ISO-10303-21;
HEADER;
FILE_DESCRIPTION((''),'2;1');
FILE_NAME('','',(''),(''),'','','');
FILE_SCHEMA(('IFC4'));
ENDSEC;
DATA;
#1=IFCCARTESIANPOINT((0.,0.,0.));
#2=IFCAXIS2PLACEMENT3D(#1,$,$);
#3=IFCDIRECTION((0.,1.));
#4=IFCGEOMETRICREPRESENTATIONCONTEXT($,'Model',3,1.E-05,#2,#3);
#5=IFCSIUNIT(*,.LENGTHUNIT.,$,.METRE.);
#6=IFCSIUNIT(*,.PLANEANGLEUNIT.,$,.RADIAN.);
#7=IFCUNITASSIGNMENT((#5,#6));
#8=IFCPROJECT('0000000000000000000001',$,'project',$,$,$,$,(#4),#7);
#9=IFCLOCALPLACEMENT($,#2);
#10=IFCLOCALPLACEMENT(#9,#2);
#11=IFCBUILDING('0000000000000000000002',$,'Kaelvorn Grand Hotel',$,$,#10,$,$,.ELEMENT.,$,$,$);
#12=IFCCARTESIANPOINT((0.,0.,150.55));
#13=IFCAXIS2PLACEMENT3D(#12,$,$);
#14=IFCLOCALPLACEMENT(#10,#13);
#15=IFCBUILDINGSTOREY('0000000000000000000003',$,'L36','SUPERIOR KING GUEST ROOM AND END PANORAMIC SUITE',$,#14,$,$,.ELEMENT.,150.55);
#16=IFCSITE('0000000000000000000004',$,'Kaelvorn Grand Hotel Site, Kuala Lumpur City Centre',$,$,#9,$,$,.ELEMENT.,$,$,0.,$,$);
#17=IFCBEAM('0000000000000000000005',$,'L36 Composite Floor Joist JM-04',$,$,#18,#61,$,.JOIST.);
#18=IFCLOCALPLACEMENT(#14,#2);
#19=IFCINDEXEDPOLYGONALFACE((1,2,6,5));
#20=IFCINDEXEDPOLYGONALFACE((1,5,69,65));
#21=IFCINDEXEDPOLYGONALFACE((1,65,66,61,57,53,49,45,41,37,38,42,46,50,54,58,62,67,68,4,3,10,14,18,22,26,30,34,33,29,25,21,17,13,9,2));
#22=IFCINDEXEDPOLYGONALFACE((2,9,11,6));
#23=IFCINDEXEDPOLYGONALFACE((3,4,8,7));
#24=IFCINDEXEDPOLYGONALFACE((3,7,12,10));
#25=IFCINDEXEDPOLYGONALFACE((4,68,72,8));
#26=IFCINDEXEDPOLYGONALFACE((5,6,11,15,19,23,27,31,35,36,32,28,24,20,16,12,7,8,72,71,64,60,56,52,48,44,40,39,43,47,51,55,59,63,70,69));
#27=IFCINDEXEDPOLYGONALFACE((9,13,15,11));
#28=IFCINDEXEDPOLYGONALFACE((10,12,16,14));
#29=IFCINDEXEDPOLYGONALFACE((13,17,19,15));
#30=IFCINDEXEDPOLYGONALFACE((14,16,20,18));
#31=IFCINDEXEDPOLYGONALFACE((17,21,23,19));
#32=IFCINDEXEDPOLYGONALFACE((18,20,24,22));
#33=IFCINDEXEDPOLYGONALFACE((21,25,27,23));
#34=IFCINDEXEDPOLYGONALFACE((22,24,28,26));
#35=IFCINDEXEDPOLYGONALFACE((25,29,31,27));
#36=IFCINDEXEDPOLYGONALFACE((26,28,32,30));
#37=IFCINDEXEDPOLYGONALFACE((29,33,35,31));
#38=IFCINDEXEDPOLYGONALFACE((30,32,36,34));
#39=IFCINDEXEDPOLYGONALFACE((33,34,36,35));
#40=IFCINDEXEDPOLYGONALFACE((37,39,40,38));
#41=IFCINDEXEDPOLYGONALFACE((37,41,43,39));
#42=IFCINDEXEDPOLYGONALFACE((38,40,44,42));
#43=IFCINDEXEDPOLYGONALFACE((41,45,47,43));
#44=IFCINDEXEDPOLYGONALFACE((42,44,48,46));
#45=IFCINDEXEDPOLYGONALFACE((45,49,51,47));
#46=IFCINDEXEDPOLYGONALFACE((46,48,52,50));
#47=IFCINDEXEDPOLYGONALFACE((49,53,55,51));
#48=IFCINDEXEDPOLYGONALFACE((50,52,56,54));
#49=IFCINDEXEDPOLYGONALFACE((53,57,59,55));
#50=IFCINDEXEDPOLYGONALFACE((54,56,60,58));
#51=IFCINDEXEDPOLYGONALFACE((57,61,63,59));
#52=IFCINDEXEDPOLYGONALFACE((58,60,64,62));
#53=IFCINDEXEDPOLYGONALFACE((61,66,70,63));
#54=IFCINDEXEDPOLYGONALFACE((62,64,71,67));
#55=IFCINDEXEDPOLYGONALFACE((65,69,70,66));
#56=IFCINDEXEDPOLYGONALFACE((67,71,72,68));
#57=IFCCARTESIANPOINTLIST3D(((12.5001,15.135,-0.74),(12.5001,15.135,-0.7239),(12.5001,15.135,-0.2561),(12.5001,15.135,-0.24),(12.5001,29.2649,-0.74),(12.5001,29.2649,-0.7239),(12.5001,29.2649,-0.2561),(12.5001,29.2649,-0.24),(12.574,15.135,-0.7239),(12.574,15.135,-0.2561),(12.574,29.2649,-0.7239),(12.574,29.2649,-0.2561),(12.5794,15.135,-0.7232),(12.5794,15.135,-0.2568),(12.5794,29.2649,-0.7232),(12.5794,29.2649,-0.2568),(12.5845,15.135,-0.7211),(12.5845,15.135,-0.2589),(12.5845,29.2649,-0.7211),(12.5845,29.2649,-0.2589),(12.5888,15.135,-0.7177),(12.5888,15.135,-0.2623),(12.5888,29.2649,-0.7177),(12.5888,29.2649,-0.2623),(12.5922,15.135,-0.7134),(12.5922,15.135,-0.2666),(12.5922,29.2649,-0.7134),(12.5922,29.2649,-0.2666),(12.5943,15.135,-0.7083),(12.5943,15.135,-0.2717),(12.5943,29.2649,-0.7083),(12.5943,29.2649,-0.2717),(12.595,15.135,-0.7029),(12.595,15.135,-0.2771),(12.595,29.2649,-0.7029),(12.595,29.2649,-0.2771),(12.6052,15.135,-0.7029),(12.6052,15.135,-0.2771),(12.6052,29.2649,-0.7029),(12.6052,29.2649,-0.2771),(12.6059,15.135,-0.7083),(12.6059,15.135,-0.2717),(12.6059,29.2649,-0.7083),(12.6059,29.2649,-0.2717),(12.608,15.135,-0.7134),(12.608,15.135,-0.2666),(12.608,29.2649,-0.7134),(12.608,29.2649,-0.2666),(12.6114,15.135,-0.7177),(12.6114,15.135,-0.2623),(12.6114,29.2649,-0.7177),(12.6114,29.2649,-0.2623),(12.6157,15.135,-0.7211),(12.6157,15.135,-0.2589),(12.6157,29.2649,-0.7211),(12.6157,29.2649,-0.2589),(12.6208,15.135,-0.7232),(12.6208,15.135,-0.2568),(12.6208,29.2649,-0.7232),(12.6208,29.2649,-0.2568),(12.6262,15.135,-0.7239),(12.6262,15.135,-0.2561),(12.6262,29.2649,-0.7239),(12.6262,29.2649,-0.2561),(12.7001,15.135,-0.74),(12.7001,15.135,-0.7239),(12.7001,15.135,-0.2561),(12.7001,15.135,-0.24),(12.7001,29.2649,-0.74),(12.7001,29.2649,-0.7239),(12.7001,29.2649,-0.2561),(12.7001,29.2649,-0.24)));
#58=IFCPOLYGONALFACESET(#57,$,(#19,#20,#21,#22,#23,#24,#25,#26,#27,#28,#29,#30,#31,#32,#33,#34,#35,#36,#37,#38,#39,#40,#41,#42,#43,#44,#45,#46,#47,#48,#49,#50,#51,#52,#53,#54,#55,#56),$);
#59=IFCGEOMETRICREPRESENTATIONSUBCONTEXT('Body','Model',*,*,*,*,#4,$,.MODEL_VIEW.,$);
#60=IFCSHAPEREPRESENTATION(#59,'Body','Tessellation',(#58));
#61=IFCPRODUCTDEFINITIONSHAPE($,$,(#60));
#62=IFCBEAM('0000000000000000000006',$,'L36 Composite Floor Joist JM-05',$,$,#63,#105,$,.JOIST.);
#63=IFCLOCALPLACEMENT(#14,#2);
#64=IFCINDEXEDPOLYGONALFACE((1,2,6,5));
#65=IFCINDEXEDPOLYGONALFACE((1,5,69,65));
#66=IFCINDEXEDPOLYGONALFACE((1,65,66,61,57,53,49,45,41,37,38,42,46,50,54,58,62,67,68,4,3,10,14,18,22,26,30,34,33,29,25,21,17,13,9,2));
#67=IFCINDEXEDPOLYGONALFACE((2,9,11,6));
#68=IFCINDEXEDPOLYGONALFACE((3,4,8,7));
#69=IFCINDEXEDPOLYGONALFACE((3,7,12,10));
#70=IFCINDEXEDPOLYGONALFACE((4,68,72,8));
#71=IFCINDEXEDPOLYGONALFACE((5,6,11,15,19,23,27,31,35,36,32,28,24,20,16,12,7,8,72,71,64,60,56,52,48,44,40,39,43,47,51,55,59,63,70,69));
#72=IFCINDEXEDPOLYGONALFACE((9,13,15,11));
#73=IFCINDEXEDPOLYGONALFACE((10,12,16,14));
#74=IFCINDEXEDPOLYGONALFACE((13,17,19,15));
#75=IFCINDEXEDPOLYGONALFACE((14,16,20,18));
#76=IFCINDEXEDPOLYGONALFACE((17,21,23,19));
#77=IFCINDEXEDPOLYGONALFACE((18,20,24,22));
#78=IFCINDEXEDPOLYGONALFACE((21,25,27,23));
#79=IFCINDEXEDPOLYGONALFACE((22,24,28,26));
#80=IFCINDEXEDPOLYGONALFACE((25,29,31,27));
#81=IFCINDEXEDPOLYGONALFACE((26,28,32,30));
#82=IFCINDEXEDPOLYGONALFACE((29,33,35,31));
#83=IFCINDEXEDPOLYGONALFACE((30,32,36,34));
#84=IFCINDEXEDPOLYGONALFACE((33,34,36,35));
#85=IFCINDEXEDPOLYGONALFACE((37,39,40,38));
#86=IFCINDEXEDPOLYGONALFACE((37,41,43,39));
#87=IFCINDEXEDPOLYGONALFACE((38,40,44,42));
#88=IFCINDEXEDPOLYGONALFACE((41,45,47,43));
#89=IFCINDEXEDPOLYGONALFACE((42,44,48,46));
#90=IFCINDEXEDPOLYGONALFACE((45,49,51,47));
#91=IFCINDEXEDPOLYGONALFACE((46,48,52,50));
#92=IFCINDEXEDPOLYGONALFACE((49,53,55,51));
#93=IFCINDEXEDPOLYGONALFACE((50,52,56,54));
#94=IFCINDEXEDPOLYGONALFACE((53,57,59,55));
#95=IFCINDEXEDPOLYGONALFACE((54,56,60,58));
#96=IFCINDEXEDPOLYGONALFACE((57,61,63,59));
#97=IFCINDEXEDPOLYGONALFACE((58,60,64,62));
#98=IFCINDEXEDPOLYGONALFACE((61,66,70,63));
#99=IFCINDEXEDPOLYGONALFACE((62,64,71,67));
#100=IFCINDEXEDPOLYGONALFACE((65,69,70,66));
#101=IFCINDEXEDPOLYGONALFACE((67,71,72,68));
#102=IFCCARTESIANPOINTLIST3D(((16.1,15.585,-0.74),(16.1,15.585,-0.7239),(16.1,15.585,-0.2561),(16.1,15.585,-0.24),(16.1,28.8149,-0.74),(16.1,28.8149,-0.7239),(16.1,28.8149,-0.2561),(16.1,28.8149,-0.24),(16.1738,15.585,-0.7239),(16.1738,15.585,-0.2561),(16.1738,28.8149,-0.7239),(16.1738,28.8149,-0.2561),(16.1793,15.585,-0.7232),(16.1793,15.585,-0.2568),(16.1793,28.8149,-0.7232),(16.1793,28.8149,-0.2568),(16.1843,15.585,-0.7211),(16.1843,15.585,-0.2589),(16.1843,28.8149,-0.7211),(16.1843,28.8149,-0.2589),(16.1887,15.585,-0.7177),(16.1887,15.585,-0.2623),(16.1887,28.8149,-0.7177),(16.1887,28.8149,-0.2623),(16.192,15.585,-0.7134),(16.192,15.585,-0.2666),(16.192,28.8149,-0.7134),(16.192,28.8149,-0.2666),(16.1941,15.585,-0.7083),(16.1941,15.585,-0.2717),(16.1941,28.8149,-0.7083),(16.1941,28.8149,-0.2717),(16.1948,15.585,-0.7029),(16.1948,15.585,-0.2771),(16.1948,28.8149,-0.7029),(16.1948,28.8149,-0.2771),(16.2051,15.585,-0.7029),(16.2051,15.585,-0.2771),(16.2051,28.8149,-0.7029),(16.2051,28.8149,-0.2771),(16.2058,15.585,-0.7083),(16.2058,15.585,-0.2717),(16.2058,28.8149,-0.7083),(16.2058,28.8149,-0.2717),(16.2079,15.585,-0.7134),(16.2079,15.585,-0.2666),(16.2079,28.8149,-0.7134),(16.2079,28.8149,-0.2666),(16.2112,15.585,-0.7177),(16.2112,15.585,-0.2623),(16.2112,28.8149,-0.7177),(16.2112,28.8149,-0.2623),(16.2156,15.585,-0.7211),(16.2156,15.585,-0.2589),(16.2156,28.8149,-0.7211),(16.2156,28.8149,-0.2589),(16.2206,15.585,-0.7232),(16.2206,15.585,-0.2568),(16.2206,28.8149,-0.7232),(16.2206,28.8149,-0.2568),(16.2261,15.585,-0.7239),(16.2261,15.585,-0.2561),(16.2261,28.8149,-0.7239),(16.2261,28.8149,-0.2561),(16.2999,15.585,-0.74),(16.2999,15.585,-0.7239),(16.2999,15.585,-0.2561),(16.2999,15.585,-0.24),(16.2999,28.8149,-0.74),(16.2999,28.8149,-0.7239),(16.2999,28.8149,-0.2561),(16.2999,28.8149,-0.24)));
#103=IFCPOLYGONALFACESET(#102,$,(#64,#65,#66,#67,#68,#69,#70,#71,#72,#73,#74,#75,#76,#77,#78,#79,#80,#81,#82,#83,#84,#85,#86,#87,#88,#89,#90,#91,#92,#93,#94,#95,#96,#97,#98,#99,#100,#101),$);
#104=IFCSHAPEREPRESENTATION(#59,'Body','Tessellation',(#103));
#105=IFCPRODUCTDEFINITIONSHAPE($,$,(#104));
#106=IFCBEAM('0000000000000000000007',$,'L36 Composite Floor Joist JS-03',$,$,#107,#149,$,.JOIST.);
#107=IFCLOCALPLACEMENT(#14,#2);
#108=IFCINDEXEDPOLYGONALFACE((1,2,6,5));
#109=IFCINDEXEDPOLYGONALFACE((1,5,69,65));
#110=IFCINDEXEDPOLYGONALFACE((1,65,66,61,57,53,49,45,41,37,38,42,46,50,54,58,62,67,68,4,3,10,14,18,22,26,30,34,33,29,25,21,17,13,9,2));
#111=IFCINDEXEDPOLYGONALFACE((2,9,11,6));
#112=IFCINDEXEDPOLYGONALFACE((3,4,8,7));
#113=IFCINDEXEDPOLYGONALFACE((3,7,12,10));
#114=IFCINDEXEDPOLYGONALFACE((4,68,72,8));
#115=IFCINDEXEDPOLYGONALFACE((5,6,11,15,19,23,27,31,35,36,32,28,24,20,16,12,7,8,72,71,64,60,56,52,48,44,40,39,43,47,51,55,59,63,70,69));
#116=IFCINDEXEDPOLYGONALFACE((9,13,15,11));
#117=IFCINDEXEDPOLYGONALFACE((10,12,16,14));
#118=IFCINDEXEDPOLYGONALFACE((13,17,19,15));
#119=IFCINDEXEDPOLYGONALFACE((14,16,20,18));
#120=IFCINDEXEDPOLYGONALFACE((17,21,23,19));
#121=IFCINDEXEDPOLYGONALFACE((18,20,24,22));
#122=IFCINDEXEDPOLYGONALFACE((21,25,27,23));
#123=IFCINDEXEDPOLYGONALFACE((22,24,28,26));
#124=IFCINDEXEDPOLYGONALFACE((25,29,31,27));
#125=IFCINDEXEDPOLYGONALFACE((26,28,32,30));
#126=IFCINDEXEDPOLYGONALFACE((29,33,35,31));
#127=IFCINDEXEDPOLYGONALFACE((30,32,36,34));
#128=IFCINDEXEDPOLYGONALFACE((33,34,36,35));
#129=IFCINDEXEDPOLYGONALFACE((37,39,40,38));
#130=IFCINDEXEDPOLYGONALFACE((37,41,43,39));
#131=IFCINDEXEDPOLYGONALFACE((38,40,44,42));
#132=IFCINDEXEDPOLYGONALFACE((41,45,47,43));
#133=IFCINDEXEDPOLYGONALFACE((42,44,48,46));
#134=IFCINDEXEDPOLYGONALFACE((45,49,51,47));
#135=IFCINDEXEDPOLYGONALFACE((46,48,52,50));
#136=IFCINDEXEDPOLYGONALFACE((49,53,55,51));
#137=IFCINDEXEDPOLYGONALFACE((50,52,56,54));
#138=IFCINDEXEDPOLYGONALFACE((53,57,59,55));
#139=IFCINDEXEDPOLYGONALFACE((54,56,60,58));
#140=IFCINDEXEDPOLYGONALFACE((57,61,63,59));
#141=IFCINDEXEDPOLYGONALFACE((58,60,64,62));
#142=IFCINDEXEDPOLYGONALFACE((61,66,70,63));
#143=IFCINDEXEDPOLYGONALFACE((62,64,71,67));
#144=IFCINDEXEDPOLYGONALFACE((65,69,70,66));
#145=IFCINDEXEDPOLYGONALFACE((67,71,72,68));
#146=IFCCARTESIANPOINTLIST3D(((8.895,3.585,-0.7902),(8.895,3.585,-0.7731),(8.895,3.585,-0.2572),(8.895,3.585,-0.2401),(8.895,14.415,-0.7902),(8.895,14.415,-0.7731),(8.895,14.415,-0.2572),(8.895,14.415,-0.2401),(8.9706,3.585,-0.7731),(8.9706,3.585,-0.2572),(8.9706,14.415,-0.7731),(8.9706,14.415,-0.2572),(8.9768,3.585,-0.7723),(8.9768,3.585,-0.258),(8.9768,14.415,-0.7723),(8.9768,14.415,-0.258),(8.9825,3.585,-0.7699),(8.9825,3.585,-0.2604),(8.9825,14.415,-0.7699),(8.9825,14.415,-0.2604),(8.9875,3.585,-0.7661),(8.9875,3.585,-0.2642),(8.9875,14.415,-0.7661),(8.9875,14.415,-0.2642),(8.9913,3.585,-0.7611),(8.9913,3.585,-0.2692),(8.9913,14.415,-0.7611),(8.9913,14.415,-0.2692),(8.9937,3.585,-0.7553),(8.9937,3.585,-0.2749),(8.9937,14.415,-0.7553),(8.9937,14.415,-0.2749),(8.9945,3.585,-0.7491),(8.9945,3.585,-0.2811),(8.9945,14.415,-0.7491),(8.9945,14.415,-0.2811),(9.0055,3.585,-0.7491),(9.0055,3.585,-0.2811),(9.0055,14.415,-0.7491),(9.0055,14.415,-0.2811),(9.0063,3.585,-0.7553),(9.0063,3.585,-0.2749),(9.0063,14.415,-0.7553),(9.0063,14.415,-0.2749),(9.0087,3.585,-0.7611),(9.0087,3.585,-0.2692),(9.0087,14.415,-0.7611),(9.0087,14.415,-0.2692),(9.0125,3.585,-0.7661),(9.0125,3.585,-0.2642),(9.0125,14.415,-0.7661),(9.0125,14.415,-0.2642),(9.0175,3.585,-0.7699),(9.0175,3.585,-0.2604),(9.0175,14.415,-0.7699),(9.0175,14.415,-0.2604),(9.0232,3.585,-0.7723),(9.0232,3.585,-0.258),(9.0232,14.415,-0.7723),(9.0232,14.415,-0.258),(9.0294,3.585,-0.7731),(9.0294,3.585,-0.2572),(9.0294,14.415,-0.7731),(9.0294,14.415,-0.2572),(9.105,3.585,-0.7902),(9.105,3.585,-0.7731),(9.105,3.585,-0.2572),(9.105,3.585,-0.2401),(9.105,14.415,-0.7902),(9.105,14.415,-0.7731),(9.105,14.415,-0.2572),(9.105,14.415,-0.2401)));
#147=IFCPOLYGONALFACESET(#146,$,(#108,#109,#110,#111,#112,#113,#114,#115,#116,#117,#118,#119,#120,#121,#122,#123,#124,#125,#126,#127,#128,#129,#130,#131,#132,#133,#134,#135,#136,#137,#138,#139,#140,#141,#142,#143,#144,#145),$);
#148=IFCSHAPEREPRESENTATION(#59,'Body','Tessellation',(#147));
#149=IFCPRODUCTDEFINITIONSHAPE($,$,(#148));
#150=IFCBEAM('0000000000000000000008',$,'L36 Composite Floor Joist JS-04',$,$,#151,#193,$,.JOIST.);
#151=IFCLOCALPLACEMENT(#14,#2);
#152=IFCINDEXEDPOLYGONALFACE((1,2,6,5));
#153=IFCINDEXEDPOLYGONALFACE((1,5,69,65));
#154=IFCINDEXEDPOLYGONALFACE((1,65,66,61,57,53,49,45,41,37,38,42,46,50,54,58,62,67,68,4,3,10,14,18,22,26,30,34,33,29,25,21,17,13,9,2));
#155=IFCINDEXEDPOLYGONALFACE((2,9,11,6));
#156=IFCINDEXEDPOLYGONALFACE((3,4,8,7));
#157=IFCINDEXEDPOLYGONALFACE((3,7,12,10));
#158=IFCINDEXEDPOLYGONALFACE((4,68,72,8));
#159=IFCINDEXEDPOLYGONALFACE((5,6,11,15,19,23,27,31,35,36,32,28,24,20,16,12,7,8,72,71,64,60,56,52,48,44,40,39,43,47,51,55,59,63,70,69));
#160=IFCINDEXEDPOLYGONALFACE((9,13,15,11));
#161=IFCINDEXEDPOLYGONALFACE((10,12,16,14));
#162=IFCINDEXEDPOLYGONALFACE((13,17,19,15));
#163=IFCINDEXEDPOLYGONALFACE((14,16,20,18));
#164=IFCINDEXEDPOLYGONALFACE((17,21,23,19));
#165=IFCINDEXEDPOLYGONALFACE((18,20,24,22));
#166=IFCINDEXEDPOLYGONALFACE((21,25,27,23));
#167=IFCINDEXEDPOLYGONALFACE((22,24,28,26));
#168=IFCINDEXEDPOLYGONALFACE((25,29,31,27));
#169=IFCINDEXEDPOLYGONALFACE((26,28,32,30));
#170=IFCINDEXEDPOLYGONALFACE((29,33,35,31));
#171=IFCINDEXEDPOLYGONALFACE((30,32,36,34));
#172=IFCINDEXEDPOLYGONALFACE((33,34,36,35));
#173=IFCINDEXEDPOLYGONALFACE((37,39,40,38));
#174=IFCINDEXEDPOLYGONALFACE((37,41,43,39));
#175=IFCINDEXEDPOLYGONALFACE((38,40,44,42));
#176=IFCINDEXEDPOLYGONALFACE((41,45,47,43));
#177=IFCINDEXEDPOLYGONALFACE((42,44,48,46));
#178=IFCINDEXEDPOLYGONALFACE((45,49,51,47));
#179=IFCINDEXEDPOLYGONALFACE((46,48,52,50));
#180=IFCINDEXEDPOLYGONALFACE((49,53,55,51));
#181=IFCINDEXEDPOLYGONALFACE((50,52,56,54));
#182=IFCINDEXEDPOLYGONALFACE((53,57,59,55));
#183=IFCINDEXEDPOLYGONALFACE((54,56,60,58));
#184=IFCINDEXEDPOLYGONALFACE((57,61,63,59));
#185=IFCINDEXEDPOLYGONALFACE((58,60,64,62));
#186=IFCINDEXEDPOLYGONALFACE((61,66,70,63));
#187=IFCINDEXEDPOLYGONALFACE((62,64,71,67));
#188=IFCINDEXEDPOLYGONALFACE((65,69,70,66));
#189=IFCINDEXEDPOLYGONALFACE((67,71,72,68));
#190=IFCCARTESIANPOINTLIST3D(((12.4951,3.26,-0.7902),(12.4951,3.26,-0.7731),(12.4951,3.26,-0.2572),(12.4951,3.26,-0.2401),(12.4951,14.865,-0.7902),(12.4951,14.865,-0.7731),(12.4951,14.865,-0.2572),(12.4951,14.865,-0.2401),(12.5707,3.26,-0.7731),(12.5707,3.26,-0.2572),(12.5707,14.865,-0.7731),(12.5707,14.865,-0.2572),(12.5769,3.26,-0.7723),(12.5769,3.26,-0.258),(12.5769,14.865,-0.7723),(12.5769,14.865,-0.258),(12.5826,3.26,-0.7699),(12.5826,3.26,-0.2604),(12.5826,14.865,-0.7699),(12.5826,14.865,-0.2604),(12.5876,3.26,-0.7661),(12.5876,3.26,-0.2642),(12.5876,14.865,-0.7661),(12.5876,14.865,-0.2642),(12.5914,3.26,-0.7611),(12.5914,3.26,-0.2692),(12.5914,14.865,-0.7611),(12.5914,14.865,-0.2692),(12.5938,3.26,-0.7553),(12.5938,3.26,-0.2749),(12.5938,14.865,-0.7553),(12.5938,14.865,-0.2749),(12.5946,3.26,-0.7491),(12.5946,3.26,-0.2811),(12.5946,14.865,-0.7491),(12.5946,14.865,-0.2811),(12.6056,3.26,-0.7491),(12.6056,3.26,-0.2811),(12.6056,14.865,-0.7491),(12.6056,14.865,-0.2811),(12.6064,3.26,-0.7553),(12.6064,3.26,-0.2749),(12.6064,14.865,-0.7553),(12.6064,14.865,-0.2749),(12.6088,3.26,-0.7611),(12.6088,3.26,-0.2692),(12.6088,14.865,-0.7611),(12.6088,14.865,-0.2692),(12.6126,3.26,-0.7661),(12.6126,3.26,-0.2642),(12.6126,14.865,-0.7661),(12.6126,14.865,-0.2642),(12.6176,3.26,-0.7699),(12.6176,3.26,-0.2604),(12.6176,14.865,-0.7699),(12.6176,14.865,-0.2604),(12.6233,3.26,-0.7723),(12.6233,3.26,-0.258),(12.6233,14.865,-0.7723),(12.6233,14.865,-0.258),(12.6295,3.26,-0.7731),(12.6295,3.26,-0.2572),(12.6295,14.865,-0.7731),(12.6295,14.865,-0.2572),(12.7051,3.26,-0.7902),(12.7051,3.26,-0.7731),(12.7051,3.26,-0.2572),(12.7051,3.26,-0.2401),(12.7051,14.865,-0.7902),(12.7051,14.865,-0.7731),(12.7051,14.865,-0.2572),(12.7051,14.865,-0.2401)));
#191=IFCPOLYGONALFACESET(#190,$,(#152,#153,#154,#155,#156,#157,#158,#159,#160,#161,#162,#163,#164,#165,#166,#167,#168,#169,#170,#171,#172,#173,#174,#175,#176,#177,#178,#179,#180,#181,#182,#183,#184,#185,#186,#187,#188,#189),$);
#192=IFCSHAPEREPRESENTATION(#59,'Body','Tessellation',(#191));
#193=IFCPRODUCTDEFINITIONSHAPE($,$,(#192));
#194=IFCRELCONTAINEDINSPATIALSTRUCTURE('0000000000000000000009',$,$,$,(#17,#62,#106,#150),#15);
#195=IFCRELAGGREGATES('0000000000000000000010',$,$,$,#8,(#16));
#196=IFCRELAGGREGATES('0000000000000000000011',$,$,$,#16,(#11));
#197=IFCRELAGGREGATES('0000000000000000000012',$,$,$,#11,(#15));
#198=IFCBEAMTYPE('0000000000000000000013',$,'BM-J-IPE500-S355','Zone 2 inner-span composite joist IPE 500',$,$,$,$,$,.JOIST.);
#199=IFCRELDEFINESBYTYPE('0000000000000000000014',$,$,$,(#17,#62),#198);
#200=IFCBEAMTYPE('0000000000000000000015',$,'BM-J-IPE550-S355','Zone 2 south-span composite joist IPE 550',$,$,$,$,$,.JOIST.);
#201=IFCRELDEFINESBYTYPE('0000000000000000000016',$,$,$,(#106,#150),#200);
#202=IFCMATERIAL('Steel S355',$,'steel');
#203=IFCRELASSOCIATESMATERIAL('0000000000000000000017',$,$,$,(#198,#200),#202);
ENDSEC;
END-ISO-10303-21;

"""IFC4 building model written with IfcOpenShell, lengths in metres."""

from ifc_helpers import new_model, si_unit, direction, frame, origin, origin_2d, place, context, subcontext, project, spatial, i_section, extrude, material, material_profile, profile_set, type_object, element, save


model = new_model("IFC4")

# Units and contexts
model_context = context("Model", 3, precision=1e-05, world=origin(), true_north=direction((0.0, 1.0)))
body_context = subcontext(model_context, "Body", "Model", "MODEL_VIEW")
ifc_project = project(units=[si_unit("LENGTHUNIT", "METRE"), si_unit("PLANEANGLEUNIT", "RADIAN")], contexts=[model_context])

# Site, building, storey
site_placement = place(None, origin())
site = spatial("IfcSite", under=ifc_project, at=site_placement, Name="Kaelvorn Grand Hotel Site, Kuala Lumpur City Centre", CompositionType="ELEMENT", RefElevation=0.0)
building_placement = place(site_placement, origin())
building = spatial("IfcBuilding", under=site, at=building_placement, Name="Kaelvorn Grand Hotel", CompositionType="ELEMENT")
storey_placement = place(building_placement, frame((0.0, 0.0, 150.55)))
storey = spatial("IfcBuildingStorey", under=building, at=storey_placement, Name="L36", Description="SUPERIOR KING GUEST ROOM AND END PANORAMIC SUITE", CompositionType="ELEMENT", Elevation=150.55)

# Beams
ifc_material_1 = material(Name="Steel S355", Category="steel")
ifc_material_profile_1 = material_profile(ifc_material_1, i_section(OverallWidth=0.2, OverallDepth=0.5, WebThickness=0.0103, FlangeThickness=0.0161, FilletRadius=0.021, at=origin_2d()), Name="IPE 500")
ifc_profile_set_1 = profile_set([ifc_material_profile_1], Name="Steel S355")
beam_type_1 = type_object("IfcBeamType", Name="BM-J-IPE500-S355", Description="Zone 2 inner-span composite joist IPE 500", PredefinedType="JOIST", material=ifc_profile_set_1)
beam_1_placement = place(storey_placement, frame((12.6001, 15.135, -0.49), z_axis=(0.0, 1.0, 0.0), x_axis=(-1.0, 0.0, 0.0)))
element("IfcBeam", 1, at=beam_1_placement, inside=storey, type_object=beam_type_1, Name="L36 Composite Floor Joist JM-04", PredefinedType="JOIST", context=body_context, shape_type="SweptSolid", body=[
    extrude(i_section(OverallWidth=0.2, OverallDepth=0.5, WebThickness=0.0103, FlangeThickness=0.0161, FilletRadius=0.021, at=origin_2d()), origin(), (0.0, 0.0, 1.0), 14.1299),
])
beam_2_placement = place(storey_placement, frame((16.2, 15.585, -0.49), z_axis=(0.0, 1.0, 0.0), x_axis=(-1.0, 0.0, 0.0)))
element("IfcBeam", 2, at=beam_2_placement, inside=storey, type_object=beam_type_1, Name="L36 Composite Floor Joist JM-05", PredefinedType="JOIST", context=body_context, shape_type="SweptSolid", body=[
    extrude(i_section(OverallWidth=0.2, OverallDepth=0.5, WebThickness=0.0103, FlangeThickness=0.0161, FilletRadius=0.021, at=origin_2d()), origin(), (0.0, 0.0, 1.0), 13.23),
])
ifc_material_profile_2 = material_profile(ifc_material_1, i_section(OverallWidth=0.21, OverallDepth=0.55, WebThickness=0.011, FlangeThickness=0.0171, FilletRadius=0.0239, at=origin_2d()), Name="IPE 550")
ifc_profile_set_2 = profile_set([ifc_material_profile_2], Name="Steel S355")
beam_type_2 = type_object("IfcBeamType", Name="BM-J-IPE550-S355", Description="Zone 2 south-span composite joist IPE 550", PredefinedType="JOIST", material=ifc_profile_set_2)
beam_3_placement = place(storey_placement, frame((9.0, 3.585, -0.5151), z_axis=(0.0, 1.0, 0.0), x_axis=(-1.0, 0.0, 0.0)))
element("IfcBeam", 3, at=beam_3_placement, inside=storey, type_object=beam_type_2, Name="L36 Composite Floor Joist JS-03", PredefinedType="JOIST", context=body_context, shape_type="SweptSolid", body=[
    extrude(i_section(OverallWidth=0.21, OverallDepth=0.55, WebThickness=0.011, FlangeThickness=0.0171, FilletRadius=0.0239, at=origin_2d()), origin(), (0.0, 0.0, 1.0), 10.8301),
])
beam_4_placement = place(storey_placement, frame((12.6001, 3.26, -0.5151), z_axis=(0.0, 1.0, 0.0), x_axis=(-1.0, 0.0, 0.0)))
element("IfcBeam", 4, at=beam_4_placement, inside=storey, type_object=beam_type_2, Name="L36 Composite Floor Joist JS-04", PredefinedType="JOIST", context=body_context, shape_type="SweptSolid", body=[
    extrude(i_section(OverallWidth=0.21, OverallDepth=0.55, WebThickness=0.011, FlangeThickness=0.0171, FilletRadius=0.0239, at=origin_2d()), origin(), (0.0, 0.0, 1.0), 11.605),
])

save(model, "model.ifc")
